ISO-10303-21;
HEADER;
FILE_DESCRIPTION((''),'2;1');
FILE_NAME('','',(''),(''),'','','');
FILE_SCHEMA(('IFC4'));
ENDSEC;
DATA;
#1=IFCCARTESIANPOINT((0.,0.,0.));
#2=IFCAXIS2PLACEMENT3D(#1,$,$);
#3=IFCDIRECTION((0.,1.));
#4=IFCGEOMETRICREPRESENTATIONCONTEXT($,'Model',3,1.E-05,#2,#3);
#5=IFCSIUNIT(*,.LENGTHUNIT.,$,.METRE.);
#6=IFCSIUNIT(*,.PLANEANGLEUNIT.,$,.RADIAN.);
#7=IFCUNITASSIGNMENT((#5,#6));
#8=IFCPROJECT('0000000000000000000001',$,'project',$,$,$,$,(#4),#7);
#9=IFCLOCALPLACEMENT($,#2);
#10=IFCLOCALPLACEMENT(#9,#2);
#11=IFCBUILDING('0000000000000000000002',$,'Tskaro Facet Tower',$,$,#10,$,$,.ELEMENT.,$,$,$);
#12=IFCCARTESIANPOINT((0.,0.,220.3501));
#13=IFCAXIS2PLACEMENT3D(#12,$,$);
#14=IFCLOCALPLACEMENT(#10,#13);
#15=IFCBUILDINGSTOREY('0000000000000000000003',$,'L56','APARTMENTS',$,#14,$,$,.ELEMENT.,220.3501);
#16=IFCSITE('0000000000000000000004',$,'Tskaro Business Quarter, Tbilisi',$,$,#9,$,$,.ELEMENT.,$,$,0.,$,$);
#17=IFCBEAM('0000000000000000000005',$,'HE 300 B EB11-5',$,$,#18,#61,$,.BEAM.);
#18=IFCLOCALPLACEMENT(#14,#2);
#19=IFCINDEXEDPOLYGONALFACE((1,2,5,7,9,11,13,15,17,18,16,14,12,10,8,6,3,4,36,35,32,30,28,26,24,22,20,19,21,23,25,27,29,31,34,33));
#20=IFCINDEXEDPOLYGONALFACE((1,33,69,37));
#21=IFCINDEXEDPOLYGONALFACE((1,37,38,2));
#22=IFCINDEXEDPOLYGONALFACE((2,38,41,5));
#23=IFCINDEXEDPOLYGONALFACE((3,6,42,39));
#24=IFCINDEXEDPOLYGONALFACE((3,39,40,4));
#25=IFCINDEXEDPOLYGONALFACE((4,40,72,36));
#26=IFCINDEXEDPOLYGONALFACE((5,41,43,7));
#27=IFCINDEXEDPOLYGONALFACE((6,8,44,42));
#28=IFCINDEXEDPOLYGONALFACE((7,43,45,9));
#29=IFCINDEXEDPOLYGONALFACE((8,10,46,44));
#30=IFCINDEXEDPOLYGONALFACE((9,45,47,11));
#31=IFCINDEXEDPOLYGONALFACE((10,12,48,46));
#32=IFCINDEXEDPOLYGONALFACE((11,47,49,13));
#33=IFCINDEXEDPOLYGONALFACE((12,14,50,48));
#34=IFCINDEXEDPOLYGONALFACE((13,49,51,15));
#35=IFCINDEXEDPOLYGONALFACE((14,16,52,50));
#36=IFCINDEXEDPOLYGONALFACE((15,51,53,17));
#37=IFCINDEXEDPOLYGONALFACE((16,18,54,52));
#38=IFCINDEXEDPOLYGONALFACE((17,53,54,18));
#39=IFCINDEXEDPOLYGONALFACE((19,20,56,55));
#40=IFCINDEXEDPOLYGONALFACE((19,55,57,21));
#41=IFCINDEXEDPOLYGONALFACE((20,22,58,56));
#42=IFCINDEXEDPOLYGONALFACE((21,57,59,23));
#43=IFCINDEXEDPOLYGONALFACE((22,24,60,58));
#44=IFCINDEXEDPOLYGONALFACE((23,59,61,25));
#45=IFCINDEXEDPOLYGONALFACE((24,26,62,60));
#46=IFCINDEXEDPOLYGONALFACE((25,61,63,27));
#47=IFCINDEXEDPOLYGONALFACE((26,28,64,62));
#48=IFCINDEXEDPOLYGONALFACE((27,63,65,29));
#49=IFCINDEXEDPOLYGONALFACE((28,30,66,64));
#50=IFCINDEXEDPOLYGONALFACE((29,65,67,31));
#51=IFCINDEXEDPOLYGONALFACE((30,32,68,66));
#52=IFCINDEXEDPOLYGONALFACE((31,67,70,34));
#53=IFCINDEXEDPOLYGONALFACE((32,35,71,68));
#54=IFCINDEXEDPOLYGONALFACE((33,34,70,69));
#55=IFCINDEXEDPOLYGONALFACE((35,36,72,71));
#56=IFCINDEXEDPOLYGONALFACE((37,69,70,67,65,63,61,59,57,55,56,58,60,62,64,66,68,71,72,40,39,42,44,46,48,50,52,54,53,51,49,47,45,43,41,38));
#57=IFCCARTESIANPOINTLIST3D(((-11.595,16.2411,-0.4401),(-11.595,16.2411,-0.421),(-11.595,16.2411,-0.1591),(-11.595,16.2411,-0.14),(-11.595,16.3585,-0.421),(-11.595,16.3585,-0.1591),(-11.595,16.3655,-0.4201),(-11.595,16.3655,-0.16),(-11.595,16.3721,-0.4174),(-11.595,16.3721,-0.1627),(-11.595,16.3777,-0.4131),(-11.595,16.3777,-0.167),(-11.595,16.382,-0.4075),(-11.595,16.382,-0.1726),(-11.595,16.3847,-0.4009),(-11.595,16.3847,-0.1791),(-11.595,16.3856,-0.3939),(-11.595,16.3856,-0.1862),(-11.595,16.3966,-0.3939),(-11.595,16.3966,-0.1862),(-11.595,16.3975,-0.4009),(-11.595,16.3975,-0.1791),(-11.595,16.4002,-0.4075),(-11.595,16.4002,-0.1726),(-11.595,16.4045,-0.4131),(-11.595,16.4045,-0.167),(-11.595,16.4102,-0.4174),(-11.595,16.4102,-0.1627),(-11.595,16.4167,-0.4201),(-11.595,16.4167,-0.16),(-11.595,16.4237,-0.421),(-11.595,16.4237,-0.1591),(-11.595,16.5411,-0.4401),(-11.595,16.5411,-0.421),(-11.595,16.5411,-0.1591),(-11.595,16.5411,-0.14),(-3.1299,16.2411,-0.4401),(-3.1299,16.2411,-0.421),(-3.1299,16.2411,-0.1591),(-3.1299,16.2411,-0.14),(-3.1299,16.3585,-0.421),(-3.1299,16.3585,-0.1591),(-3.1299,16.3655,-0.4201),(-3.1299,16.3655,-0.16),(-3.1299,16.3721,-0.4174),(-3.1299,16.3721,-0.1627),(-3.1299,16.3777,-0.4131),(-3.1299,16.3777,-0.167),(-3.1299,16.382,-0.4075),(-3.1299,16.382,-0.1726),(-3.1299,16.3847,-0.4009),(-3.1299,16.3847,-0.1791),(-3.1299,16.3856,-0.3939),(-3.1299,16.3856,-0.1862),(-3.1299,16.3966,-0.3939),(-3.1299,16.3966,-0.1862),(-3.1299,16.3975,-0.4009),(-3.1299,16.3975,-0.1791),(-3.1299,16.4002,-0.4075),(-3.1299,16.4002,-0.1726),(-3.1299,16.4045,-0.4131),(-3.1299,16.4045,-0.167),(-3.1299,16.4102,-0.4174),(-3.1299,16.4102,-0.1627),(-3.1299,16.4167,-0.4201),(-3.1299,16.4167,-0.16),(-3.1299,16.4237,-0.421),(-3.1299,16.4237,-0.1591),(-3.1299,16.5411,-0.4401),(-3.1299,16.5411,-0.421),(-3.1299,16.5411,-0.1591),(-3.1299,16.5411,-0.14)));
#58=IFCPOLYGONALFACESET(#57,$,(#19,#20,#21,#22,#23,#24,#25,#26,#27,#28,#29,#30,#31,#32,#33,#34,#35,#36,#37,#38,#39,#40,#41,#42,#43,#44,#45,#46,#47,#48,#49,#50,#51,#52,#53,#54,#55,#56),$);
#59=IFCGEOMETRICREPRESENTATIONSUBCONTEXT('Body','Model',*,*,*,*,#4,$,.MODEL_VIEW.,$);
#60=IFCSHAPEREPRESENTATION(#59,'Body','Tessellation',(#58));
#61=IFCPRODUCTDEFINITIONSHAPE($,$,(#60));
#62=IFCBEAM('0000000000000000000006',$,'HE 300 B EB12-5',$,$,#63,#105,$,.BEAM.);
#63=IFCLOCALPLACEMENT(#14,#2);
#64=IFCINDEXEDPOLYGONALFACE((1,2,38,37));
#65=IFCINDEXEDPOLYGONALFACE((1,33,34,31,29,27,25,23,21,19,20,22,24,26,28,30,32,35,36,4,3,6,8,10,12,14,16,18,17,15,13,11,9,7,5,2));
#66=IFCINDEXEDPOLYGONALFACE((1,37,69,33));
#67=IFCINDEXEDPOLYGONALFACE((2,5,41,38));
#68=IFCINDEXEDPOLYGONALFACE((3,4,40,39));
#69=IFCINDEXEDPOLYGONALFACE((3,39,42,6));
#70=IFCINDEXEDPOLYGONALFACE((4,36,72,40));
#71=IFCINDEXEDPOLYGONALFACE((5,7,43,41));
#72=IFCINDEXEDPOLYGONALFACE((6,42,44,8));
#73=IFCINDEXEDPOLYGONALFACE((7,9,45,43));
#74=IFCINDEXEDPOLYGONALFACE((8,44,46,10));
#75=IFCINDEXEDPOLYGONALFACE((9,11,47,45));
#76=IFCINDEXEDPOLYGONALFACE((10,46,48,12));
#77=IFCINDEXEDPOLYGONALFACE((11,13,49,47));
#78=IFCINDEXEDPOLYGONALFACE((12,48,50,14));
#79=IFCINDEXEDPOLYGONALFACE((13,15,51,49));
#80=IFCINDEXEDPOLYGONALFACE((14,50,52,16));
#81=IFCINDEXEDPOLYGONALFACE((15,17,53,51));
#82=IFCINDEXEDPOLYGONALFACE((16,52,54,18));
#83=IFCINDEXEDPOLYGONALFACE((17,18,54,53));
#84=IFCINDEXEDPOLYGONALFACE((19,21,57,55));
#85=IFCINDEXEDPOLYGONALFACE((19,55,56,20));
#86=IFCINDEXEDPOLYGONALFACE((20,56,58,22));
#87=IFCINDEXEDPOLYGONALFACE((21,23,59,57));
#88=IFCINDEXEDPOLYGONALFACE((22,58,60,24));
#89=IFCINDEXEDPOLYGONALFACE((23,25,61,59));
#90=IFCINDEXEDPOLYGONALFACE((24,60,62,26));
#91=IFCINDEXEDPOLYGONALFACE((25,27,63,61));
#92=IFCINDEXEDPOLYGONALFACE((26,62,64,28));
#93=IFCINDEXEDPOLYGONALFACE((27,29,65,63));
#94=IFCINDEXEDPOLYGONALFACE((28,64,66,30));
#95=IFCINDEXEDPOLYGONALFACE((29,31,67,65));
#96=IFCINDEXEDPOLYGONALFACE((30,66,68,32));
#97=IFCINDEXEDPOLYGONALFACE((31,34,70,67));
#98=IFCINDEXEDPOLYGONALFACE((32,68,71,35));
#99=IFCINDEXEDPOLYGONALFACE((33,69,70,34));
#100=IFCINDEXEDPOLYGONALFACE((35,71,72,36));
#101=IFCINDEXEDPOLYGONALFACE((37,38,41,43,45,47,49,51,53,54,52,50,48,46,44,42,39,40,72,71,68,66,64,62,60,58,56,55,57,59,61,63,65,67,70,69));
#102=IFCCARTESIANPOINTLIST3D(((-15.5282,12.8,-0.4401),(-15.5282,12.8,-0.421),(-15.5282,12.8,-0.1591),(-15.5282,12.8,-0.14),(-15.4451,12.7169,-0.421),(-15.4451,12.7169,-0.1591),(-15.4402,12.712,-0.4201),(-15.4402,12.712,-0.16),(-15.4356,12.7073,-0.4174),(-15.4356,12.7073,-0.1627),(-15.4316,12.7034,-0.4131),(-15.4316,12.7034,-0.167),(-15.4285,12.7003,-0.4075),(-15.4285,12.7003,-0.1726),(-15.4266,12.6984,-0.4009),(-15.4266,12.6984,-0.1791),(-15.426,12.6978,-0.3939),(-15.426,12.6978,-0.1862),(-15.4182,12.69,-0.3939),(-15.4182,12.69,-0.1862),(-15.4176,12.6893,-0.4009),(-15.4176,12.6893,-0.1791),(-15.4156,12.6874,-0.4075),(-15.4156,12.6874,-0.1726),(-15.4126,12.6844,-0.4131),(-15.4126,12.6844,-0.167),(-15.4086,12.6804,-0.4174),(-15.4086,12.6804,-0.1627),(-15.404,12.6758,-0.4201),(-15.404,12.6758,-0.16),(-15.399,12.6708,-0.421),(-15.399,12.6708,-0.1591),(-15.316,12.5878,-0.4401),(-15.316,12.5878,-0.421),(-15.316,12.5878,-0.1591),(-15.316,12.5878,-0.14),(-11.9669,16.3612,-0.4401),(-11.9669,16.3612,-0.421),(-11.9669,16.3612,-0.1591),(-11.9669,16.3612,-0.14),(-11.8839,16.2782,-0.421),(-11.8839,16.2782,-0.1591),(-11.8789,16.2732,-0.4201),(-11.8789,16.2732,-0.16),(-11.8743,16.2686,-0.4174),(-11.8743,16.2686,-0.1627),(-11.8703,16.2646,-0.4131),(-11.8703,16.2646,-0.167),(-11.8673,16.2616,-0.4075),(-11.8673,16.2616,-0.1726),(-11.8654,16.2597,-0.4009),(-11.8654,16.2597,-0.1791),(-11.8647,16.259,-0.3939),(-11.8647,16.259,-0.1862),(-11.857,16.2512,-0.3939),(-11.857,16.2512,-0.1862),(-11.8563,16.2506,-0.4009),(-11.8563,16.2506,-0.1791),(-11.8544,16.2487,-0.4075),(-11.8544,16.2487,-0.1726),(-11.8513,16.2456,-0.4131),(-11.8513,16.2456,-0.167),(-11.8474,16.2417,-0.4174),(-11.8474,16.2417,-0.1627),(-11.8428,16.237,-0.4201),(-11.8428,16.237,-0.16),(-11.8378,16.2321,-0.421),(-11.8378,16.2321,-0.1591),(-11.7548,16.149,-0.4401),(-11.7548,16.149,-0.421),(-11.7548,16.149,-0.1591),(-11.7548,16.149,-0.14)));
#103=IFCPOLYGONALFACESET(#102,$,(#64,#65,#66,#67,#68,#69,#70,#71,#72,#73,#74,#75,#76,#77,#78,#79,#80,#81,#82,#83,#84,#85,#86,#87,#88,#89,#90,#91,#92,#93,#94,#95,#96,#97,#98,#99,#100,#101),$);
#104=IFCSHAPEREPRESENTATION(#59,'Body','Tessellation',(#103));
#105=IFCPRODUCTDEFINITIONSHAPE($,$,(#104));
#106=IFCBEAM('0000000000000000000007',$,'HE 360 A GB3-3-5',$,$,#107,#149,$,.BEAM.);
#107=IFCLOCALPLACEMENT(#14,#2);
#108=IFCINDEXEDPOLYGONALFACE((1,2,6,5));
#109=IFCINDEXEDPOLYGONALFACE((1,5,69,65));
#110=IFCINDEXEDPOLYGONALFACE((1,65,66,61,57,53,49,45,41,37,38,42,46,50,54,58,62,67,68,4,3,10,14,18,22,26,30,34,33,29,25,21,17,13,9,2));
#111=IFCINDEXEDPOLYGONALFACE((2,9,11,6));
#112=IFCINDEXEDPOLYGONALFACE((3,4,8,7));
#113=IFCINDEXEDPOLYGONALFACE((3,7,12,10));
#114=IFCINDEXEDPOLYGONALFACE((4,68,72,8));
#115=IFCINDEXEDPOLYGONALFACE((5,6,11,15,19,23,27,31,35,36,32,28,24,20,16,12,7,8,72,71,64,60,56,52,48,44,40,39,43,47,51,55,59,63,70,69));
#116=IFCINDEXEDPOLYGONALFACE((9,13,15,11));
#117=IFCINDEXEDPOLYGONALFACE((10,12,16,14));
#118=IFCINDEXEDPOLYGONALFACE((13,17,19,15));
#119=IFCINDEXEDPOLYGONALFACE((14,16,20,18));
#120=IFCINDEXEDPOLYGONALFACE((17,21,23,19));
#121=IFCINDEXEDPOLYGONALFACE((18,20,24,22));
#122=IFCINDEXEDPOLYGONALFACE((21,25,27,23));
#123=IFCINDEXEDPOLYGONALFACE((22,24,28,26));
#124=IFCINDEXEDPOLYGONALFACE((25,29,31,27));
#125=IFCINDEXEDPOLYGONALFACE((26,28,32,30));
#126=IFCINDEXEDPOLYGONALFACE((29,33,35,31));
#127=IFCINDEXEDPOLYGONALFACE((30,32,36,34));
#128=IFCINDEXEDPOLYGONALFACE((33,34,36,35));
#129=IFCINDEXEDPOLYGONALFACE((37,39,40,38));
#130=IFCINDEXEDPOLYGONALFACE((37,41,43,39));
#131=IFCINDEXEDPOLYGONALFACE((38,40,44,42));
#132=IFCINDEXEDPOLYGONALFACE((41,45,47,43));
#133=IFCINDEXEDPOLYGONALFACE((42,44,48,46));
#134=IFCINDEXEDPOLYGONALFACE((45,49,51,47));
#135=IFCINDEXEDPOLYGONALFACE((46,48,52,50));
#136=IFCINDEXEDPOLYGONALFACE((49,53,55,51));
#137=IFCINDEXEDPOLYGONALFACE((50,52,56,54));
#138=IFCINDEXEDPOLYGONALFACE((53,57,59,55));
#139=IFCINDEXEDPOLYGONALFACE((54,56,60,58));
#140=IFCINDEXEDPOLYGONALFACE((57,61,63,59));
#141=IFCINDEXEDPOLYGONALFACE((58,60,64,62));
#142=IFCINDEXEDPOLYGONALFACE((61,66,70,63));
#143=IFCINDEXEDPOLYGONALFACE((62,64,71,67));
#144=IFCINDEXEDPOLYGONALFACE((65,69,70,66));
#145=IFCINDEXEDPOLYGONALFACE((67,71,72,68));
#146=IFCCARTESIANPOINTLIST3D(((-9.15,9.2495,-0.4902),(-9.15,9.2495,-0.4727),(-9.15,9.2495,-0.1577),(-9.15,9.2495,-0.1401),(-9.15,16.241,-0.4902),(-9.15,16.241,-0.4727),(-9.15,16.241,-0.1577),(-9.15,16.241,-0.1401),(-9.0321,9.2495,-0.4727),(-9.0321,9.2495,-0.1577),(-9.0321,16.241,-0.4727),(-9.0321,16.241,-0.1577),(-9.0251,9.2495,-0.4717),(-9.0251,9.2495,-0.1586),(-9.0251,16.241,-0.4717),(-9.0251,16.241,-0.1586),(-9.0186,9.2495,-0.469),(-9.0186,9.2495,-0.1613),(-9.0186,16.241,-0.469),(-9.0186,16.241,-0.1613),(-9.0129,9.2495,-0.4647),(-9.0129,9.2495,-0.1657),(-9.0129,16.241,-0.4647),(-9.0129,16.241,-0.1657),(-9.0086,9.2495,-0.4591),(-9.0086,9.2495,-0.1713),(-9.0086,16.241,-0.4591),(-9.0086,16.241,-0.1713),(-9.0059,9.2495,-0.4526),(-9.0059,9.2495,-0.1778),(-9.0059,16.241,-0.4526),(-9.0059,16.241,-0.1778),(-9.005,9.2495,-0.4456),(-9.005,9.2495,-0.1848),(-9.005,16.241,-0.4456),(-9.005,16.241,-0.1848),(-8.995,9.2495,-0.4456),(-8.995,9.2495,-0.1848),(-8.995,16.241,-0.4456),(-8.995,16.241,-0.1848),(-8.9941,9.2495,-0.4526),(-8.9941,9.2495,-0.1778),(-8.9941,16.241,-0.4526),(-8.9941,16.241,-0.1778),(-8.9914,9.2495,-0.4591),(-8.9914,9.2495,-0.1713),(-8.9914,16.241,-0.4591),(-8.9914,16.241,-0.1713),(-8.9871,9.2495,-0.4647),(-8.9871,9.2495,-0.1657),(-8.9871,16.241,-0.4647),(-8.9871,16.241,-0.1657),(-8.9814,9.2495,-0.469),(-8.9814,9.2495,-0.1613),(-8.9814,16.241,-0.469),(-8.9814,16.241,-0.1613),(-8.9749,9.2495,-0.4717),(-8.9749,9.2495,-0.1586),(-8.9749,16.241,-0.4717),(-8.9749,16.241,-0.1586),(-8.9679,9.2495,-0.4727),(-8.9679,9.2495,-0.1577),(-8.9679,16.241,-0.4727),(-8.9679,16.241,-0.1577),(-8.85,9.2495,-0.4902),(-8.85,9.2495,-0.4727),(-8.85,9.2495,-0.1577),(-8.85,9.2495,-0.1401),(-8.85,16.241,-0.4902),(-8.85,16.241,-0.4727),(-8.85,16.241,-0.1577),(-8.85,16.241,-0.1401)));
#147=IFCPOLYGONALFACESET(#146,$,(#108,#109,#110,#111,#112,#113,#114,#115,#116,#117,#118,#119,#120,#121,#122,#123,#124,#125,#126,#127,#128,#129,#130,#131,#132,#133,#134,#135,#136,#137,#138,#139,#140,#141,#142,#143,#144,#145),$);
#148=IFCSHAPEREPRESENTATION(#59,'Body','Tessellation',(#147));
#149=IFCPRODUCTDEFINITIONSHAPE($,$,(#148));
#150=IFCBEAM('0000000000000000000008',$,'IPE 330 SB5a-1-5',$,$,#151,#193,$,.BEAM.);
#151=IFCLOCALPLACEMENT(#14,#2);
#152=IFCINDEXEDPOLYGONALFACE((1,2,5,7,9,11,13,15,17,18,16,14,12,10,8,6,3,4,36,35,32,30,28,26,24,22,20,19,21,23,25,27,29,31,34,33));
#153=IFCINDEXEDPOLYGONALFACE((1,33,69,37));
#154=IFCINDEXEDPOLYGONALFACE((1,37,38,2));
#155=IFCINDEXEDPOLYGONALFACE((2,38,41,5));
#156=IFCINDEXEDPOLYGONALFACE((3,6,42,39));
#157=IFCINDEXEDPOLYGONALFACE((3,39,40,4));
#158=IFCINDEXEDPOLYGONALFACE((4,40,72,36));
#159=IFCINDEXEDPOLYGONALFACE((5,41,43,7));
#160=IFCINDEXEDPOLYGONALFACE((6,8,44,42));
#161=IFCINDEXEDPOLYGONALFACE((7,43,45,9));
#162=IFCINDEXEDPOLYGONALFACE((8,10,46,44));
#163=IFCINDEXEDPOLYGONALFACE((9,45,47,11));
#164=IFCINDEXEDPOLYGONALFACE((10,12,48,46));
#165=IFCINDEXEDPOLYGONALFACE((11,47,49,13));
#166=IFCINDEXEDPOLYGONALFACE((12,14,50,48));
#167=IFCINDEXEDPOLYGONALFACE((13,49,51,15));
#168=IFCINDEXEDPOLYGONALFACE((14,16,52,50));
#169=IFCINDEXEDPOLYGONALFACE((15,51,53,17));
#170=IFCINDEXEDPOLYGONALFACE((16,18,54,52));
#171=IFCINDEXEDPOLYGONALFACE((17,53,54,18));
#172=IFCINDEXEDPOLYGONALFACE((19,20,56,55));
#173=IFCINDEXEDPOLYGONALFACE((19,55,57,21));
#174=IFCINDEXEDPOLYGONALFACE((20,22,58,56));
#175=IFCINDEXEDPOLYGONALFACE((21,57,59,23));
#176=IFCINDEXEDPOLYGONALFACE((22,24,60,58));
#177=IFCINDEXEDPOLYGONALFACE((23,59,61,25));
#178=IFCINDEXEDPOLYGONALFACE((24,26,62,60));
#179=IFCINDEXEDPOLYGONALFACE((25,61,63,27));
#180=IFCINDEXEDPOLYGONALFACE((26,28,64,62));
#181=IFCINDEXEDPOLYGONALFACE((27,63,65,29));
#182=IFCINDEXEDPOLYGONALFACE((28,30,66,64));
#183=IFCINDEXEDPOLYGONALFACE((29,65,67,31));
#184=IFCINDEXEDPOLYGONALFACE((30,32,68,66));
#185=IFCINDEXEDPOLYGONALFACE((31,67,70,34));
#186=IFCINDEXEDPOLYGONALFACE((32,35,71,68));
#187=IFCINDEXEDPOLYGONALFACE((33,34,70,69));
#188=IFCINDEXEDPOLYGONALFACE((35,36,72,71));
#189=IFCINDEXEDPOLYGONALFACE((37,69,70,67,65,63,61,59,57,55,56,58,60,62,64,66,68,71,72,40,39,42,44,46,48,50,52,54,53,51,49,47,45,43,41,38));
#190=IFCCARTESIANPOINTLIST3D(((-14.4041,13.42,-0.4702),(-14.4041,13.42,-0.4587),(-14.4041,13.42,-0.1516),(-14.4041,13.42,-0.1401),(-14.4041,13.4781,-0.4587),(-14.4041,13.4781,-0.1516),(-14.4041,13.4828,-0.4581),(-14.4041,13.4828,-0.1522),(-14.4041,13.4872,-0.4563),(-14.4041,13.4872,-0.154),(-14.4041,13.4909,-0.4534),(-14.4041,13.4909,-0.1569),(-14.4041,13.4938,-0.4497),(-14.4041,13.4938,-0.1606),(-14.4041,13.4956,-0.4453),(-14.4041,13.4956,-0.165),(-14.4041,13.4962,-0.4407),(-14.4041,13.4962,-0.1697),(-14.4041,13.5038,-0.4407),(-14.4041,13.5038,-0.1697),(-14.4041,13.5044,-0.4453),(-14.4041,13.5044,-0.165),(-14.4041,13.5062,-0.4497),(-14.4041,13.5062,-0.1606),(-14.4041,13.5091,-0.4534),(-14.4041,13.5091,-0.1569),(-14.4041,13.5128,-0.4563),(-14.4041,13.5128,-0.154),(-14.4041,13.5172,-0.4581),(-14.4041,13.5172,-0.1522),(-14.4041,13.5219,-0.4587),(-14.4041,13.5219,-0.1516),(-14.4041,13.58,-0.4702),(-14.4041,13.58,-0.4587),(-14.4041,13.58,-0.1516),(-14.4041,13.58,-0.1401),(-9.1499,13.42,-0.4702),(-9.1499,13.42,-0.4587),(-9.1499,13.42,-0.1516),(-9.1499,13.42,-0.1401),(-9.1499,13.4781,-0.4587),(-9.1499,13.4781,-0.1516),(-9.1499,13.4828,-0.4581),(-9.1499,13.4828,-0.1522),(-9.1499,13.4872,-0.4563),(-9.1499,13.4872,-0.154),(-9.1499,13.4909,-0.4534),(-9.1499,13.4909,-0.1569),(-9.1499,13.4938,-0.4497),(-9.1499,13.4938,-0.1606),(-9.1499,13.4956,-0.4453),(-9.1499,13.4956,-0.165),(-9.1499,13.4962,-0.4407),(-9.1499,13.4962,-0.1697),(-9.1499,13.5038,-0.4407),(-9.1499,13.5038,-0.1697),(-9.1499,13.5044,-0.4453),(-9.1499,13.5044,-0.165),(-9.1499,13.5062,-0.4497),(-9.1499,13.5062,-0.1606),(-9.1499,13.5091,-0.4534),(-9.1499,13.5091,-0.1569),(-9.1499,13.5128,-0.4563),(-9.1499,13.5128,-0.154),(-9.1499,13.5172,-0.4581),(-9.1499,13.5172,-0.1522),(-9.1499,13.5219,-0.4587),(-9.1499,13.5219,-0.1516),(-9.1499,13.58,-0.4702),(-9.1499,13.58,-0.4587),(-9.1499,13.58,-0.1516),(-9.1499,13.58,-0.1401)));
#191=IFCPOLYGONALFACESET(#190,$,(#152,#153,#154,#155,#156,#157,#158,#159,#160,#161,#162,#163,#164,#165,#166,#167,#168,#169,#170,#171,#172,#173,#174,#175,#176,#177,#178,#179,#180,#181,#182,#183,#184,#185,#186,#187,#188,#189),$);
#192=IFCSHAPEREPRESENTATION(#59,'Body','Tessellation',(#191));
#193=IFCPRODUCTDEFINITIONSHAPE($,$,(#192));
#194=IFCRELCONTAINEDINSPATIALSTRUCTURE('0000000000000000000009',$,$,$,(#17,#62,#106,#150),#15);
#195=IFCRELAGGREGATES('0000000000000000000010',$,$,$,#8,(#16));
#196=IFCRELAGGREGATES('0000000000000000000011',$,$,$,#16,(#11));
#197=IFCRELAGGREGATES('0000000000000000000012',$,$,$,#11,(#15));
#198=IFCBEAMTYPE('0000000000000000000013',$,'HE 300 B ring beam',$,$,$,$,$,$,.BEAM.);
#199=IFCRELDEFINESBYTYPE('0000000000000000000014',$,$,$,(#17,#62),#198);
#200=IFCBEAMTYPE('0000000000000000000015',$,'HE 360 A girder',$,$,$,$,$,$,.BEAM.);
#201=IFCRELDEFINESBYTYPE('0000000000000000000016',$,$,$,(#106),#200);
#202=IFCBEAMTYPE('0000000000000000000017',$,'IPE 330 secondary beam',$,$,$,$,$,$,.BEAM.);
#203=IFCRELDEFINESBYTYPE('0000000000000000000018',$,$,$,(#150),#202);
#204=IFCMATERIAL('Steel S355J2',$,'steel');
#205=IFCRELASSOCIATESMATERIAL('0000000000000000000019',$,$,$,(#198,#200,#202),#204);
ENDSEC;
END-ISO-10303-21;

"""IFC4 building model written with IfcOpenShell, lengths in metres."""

from ifc_helpers import new_model, si_unit, direction, frame, origin, origin_2d, place, context, subcontext, project, spatial, i_section, extrude, material, material_profile, profile_set, type_object, element, save


model = new_model("IFC4")

# Units and contexts
model_context = context("Model", 3, precision=1e-05, world=origin(), true_north=direction((0.0, 1.0)))
body_context = subcontext(model_context, "Body", "Model", "MODEL_VIEW")
ifc_project = project(units=[si_unit("LENGTHUNIT", "METRE"), si_unit("PLANEANGLEUNIT", "RADIAN")], contexts=[model_context])

# Site, building, storey
site_placement = place(None, origin())
site = spatial("IfcSite", under=ifc_project, at=site_placement, Name="Tskaro Business Quarter, Tbilisi", CompositionType="ELEMENT", RefElevation=0.0)
building_placement = place(site_placement, origin())
building = spatial("IfcBuilding", under=site, at=building_placement, Name="Tskaro Facet Tower", CompositionType="ELEMENT")
storey_placement = place(building_placement, frame((0.0, 0.0, 220.3501)))
storey = spatial("IfcBuildingStorey", under=building, at=storey_placement, Name="L56", Description="APARTMENTS", CompositionType="ELEMENT", Elevation=220.3501)

# Beams
ifc_material_1 = material(Name="Steel S355J2", Category="steel")
ifc_material_profile_1 = material_profile(ifc_material_1, i_section(OverallWidth=0.3, OverallDepth=0.3, WebThickness=0.011, FlangeThickness=0.019, FilletRadius=0.0271, at=origin_2d()), Name="HE 300 B")
ifc_profile_set_1 = profile_set([ifc_material_profile_1], Name="Steel S355J2")
beam_type_1 = type_object("IfcBeamType", Name="HE 300 B ring beam", PredefinedType="BEAM", material=ifc_profile_set_1)
beam_1_placement = place(storey_placement, frame((-3.1299, 16.3911, -0.29), z_axis=(-1.0, 0.0, 0.0), x_axis=(0.0, -1.0, 0.0)))
element("IfcBeam", 1, at=beam_1_placement, inside=storey, type_object=beam_type_1, Name="HE 300 B EB11-5", PredefinedType="BEAM", context=body_context, shape_type="SweptSolid", body=[
    extrude(i_section(OverallWidth=0.3, OverallDepth=0.3, WebThickness=0.011, FlangeThickness=0.019, FilletRadius=0.0271, at=origin_2d()), origin(), (0.0, 0.0, 1.0), 8.4651),
])
beam_2_placement = place(storey_placement, frame((-11.8608, 16.2551, -0.29), z_axis=(-0.707107, -0.707107, 0.0), x_axis=(0.707107, -0.707107, 0.0)))
element("IfcBeam", 2, at=beam_2_placement, inside=storey, type_object=beam_type_1, Name="HE 300 B EB12-5", PredefinedType="BEAM", context=body_context, shape_type="SweptSolid", body=[
    extrude(i_section(OverallWidth=0.3, OverallDepth=0.3, WebThickness=0.011, FlangeThickness=0.019, FilletRadius=0.0271, at=origin_2d()), origin(), (0.0, 0.0, 1.0), 5.0364),
])
ifc_material_profile_2 = material_profile(ifc_material_1, i_section(OverallWidth=0.3, OverallDepth=0.3501, WebThickness=0.01, FlangeThickness=0.0176, FilletRadius=0.0271, at=origin_2d()), Name="HE 360 A")
ifc_profile_set_2 = profile_set([ifc_material_profile_2], Name="Steel S355J2")
beam_type_2 = type_object("IfcBeamType", Name="HE 360 A girder", PredefinedType="BEAM", material=ifc_profile_set_2)
beam_3_placement = place(storey_placement, frame((-9.0, 9.2495, -0.3152), z_axis=(0.0, 1.0, 0.0), x_axis=(-1.0, 0.0, 0.0)))
element("IfcBeam", 3, at=beam_3_placement, inside=storey, type_object=beam_type_2, Name="HE 360 A GB3-3-5", PredefinedType="BEAM", context=body_context, shape_type="SweptSolid", body=[
    extrude(i_section(OverallWidth=0.3, OverallDepth=0.3501, WebThickness=0.01, FlangeThickness=0.0176, FilletRadius=0.0271, at=origin_2d()), origin(), (0.0, 0.0, 1.0), 6.9915),
])
ifc_material_profile_3 = material_profile(ifc_material_1, i_section(OverallWidth=0.1599, OverallDepth=0.3301, WebThickness=0.0076, FlangeThickness=0.0115, FilletRadius=0.0181, at=origin_2d()), Name="IPE 330")
ifc_profile_set_3 = profile_set([ifc_material_profile_3], Name="Steel S355J2")
beam_type_3 = type_object("IfcBeamType", Name="IPE 330 secondary beam", PredefinedType="BEAM", material=ifc_profile_set_3)
beam_4_placement = place(storey_placement, frame((-14.4041, 13.5, -0.3052), z_axis=(1.0, 0.0, 0.0), x_axis=(0.0, 1.0, 0.0)))
element("IfcBeam", 4, at=beam_4_placement, inside=storey, type_object=beam_type_3, Name="IPE 330 SB5a-1-5", PredefinedType="BEAM", context=body_context, shape_type="SweptSolid", body=[
    extrude(i_section(OverallWidth=0.1599, OverallDepth=0.3301, WebThickness=0.0076, FlangeThickness=0.0115, FilletRadius=0.0181, at=origin_2d()), origin(), (0.0, 0.0, 1.0), 5.2542),
])

save(model, "model.ifc")
